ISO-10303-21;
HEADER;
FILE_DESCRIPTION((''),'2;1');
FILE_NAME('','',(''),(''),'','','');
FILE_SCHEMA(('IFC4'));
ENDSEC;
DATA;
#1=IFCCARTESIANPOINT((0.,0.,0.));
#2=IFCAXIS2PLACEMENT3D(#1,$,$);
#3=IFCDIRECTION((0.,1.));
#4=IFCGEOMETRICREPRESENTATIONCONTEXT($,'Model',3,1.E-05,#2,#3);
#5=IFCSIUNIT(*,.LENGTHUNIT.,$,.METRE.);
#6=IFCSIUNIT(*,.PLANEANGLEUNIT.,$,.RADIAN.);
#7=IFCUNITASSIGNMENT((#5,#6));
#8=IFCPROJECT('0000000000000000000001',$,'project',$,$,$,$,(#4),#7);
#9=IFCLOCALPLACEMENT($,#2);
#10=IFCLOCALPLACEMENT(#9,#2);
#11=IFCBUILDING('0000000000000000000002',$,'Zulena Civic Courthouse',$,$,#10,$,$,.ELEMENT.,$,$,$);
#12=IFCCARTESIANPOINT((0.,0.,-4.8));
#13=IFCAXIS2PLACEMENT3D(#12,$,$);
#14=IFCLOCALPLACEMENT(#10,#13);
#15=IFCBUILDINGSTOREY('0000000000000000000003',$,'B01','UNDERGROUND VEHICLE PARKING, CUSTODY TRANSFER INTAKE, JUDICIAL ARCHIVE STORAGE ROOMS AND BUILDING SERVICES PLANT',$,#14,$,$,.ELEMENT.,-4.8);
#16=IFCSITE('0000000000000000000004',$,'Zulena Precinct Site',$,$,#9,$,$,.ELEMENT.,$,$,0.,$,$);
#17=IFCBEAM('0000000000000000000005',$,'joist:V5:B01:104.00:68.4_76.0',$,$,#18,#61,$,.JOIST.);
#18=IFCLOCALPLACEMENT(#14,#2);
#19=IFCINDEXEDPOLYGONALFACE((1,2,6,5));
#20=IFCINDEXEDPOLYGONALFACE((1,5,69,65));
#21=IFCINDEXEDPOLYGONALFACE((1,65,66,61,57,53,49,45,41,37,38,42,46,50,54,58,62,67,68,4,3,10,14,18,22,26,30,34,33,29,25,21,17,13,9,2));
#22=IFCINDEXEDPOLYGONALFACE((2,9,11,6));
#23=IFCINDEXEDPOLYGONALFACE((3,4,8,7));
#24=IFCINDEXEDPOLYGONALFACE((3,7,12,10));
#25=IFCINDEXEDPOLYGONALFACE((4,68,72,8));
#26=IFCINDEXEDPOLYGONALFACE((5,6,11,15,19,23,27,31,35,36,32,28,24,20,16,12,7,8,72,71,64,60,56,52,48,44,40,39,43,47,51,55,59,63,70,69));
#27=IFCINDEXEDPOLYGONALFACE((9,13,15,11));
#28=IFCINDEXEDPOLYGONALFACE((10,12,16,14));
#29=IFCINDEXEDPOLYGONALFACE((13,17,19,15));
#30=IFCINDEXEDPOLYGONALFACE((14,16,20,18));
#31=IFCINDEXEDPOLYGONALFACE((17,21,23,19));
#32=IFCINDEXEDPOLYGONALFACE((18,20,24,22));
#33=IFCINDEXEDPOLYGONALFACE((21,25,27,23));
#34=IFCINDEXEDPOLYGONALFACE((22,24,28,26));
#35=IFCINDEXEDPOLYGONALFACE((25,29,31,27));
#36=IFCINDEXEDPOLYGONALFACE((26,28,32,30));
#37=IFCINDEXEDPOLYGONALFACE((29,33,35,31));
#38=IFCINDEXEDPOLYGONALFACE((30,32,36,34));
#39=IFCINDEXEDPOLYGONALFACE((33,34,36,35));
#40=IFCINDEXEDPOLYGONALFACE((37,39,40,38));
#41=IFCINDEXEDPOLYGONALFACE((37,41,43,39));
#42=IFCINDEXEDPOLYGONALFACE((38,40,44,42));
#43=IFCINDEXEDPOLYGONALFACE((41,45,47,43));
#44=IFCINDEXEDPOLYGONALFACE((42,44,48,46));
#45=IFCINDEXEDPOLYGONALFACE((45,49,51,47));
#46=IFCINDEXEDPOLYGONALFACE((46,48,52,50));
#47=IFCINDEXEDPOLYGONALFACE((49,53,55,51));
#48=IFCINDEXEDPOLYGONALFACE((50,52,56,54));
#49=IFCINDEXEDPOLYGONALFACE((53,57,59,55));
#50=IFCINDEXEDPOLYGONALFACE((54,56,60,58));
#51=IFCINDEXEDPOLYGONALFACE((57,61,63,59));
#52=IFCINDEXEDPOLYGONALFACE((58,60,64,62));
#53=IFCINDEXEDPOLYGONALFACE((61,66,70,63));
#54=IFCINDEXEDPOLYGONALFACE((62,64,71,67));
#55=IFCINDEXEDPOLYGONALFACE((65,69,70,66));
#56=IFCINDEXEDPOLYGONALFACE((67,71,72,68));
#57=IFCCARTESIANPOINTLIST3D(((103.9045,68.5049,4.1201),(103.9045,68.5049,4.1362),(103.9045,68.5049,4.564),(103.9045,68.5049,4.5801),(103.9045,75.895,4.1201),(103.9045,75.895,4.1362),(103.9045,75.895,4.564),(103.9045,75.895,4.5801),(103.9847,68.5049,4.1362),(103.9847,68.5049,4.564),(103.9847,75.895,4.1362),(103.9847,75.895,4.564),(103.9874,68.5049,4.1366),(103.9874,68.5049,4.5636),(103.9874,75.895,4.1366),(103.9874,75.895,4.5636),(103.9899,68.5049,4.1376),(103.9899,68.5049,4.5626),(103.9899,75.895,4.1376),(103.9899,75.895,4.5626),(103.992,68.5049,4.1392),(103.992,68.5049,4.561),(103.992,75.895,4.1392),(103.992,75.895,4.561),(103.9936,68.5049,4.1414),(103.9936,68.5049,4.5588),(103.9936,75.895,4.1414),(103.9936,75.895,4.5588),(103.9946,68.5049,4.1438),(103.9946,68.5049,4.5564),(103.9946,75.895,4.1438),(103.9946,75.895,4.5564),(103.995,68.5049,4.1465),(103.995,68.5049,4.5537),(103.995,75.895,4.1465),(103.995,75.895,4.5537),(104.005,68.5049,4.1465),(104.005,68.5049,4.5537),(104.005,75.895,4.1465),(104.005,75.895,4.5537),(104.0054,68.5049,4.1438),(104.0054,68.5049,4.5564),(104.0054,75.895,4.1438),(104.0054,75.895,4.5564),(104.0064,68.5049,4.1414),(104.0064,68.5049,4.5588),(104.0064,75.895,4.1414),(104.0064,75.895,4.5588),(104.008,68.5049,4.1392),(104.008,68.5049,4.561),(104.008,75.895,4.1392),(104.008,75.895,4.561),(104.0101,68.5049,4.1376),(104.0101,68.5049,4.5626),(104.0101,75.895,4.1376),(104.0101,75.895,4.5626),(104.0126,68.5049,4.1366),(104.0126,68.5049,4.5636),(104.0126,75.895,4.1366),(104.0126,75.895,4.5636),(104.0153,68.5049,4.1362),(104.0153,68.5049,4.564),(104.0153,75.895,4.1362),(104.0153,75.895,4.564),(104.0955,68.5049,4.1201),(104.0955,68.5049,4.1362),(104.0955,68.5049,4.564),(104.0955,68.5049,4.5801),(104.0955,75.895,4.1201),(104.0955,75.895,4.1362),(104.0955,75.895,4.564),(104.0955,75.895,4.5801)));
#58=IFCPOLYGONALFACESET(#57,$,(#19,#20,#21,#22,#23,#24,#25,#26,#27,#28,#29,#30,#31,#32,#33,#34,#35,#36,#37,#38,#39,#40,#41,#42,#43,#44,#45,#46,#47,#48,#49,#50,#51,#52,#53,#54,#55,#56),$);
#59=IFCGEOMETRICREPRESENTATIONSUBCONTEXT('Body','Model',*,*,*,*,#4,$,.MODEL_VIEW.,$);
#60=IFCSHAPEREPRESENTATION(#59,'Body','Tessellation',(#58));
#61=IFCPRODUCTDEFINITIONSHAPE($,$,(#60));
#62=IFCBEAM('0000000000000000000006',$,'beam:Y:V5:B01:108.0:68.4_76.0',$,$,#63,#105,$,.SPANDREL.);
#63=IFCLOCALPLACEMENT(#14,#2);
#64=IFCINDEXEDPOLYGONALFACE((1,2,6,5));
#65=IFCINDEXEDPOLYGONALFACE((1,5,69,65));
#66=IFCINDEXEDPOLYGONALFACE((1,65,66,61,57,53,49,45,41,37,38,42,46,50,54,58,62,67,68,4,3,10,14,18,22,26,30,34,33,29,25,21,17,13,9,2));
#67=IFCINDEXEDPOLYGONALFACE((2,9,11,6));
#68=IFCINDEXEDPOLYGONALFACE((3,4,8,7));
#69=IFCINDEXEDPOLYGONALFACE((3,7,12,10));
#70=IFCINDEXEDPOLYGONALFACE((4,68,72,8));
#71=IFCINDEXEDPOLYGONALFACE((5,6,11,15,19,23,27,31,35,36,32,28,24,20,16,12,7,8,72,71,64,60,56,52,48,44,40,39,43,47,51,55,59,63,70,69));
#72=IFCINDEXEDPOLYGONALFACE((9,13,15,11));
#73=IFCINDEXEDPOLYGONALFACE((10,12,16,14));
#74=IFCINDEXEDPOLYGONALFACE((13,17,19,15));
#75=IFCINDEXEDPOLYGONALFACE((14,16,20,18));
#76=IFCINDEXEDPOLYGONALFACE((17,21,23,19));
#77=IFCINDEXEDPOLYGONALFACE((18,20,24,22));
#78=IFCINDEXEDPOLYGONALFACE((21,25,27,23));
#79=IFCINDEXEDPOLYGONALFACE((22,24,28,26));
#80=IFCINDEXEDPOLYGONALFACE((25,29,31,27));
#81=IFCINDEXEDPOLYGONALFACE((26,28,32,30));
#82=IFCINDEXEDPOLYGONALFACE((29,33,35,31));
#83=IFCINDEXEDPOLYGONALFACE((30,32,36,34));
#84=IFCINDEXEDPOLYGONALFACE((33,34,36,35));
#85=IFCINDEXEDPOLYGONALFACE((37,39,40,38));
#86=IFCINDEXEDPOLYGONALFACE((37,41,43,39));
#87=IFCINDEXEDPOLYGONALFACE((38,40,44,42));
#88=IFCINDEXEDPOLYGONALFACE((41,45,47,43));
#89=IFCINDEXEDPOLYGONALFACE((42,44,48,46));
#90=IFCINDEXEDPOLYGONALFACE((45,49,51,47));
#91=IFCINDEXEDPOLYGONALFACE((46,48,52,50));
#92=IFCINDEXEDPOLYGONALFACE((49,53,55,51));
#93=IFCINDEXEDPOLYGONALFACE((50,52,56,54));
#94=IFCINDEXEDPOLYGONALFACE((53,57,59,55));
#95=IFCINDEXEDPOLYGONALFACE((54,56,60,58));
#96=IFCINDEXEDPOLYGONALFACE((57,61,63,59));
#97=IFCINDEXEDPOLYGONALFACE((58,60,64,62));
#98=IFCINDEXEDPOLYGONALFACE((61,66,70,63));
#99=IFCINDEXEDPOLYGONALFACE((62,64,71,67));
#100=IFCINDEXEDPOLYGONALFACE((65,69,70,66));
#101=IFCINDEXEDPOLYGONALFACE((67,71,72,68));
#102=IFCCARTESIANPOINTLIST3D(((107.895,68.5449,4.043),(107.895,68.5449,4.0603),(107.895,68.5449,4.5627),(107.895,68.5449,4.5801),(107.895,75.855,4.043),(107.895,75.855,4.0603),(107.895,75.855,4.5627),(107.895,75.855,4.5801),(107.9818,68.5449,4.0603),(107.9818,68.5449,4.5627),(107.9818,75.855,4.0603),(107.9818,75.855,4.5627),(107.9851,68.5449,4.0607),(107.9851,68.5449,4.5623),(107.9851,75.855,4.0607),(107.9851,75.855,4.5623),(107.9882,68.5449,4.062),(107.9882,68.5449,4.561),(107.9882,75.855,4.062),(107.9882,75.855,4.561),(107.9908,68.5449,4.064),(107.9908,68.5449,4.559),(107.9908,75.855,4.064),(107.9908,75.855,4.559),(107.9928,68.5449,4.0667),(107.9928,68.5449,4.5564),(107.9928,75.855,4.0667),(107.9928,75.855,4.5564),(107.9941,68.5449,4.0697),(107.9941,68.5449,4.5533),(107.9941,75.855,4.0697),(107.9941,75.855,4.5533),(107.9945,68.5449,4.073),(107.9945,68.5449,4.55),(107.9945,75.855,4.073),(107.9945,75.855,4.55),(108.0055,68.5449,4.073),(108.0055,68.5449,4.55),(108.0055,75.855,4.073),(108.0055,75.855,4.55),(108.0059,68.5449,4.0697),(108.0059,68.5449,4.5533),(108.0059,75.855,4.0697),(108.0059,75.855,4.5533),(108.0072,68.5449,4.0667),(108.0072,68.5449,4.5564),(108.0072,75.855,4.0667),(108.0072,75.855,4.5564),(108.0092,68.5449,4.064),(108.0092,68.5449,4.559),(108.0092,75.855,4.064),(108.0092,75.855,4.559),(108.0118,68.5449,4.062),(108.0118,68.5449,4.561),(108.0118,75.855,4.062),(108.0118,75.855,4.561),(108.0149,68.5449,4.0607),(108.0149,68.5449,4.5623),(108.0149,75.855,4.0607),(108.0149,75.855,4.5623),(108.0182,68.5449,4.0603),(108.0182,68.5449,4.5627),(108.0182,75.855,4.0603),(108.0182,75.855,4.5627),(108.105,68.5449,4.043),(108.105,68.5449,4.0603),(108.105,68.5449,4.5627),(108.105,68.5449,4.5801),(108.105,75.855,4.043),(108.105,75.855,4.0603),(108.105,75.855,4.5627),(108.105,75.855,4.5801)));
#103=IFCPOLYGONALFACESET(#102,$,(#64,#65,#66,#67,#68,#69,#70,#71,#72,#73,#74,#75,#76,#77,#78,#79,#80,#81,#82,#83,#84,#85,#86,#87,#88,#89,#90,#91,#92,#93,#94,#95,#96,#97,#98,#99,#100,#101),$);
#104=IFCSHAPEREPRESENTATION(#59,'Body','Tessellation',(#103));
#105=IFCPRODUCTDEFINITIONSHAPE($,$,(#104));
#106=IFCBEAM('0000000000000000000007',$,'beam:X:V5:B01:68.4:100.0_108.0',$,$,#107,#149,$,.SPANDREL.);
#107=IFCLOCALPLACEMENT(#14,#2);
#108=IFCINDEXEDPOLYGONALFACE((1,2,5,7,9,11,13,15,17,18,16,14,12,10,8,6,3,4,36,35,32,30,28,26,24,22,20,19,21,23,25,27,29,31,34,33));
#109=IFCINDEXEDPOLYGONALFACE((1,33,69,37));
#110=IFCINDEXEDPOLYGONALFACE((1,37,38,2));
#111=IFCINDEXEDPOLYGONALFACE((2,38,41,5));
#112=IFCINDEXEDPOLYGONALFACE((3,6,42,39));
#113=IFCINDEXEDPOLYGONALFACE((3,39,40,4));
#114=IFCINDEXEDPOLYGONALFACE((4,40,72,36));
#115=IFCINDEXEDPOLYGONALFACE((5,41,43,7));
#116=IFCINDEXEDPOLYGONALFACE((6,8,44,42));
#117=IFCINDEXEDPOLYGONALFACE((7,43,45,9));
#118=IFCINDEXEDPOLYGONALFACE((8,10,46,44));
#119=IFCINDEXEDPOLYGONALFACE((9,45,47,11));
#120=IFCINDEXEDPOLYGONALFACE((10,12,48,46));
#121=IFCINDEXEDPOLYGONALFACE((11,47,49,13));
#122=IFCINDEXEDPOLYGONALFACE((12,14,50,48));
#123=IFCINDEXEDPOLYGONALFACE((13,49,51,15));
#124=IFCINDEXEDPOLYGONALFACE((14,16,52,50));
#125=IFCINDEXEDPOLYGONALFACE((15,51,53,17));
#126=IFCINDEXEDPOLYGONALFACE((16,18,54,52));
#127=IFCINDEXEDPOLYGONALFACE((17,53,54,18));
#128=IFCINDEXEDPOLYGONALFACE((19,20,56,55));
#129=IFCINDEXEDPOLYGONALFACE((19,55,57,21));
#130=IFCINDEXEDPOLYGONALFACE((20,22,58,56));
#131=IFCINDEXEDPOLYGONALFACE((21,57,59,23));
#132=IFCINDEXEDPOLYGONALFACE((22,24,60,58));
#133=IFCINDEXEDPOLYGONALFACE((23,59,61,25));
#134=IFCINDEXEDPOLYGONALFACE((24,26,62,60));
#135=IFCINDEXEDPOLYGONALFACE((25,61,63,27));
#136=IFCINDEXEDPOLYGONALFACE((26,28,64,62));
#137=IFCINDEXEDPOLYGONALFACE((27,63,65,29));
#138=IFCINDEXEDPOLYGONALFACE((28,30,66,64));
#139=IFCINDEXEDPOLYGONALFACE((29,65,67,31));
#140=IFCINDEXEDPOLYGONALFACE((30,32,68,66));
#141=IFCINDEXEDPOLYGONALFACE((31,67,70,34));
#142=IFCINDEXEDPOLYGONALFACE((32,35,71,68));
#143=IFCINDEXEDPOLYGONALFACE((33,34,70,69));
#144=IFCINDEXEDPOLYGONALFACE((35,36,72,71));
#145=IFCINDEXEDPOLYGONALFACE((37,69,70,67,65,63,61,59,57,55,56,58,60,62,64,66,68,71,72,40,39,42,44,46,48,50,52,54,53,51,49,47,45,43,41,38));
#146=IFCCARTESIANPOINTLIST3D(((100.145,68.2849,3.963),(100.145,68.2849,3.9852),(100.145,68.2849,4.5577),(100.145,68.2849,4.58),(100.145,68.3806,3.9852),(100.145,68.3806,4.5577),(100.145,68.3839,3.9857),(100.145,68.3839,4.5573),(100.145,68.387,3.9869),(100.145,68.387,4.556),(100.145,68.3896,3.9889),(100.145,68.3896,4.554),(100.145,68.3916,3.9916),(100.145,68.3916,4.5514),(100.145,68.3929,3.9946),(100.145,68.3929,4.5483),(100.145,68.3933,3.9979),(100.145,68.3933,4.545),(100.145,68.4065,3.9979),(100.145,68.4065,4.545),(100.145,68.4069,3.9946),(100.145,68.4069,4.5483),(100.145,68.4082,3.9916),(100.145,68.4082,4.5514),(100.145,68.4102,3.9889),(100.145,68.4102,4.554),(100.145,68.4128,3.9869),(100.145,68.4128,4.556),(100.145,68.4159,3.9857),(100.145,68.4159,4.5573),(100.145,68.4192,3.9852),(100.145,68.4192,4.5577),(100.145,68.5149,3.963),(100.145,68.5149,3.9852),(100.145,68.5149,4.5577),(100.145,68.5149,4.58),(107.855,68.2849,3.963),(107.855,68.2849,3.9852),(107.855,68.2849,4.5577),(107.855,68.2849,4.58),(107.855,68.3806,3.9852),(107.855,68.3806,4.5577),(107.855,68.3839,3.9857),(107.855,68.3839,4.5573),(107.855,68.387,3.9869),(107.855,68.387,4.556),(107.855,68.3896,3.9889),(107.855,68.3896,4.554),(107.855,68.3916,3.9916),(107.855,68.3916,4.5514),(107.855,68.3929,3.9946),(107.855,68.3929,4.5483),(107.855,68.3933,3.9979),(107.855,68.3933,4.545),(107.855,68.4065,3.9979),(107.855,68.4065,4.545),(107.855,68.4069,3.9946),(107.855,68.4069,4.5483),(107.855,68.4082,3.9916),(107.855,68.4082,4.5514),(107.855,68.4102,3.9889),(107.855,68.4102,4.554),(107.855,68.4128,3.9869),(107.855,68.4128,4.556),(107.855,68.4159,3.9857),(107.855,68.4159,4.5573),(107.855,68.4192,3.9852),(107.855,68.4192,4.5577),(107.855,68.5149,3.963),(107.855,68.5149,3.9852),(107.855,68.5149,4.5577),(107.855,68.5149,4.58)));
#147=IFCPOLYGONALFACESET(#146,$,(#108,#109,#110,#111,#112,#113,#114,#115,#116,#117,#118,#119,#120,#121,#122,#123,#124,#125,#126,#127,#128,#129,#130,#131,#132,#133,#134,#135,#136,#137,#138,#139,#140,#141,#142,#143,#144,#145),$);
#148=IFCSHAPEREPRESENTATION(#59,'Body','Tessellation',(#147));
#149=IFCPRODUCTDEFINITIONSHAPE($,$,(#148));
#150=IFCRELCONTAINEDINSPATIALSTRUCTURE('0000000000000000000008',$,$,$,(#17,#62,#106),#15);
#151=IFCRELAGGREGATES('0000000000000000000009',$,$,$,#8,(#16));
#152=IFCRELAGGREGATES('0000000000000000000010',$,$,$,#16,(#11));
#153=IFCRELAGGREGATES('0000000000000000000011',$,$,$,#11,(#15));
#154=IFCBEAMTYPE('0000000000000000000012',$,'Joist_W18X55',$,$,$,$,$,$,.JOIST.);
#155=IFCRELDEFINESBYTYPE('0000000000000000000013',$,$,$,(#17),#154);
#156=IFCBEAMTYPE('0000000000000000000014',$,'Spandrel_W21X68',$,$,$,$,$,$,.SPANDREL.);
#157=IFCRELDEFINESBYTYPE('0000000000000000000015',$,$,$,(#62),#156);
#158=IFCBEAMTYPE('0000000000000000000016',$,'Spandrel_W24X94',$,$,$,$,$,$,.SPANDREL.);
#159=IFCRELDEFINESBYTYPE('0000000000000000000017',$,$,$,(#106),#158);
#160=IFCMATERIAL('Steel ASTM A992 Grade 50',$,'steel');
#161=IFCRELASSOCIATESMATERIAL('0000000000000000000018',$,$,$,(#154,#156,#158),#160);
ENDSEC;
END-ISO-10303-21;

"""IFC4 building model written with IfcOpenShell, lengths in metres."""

from ifc_helpers import new_model, si_unit, direction, frame, origin, origin_2d, place, context, subcontext, project, spatial, i_section, extrude, material, material_profile, profile_set, type_object, element, save


model = new_model("IFC4")

# Units and contexts
model_context = context("Model", 3, precision=1e-05, world=origin(), true_north=direction((0.0, 1.0)))
body_context = subcontext(model_context, "Body", "Model", "MODEL_VIEW")
ifc_project = project(units=[si_unit("LENGTHUNIT", "METRE"), si_unit("PLANEANGLEUNIT", "RADIAN")], contexts=[model_context])

# Site, building, storey
site_placement = place(None, origin())
site = spatial("IfcSite", under=ifc_project, at=site_placement, Name="Zulena Precinct Site", CompositionType="ELEMENT", RefElevation=0.0)
building_placement = place(site_placement, origin())
building = spatial("IfcBuilding", under=site, at=building_placement, Name="Zulena Civic Courthouse", CompositionType="ELEMENT")
storey_placement = place(building_placement, frame((0.0, 0.0, -4.8)))
storey = spatial("IfcBuildingStorey", under=building, at=storey_placement, Name="B01", Description="UNDERGROUND VEHICLE PARKING, CUSTODY TRANSFER INTAKE, JUDICIAL ARCHIVE STORAGE ROOMS AND BUILDING SERVICES PLANT", CompositionType="ELEMENT", Elevation=-4.8)

# Shared definitions
ifc_material_1 = material(Name="Steel ASTM A992 Grade 50", Category="steel")

# Beams
ifc_material_profile_1 = material_profile(ifc_material_1, i_section(OverallWidth=0.1909, OverallDepth=0.46, WebThickness=0.01, FlangeThickness=0.0161, FilletRadius=0.0103, at=origin_2d()), Name="W18X55")
ifc_profile_set_1 = profile_set([ifc_material_profile_1], Name="Steel ASTM A992 Grade 50")
beam_type_1 = type_object("IfcBeamType", Name="Joist_W18X55", PredefinedType="JOIST", material=ifc_profile_set_1)
beam_1_placement = place(storey_placement, frame((104.0, 68.5049, 4.3501), z_axis=(0.0, 1.0, 0.0), x_axis=(-1.0, 0.0, 0.0)))
element("IfcBeam", 1, at=beam_1_placement, inside=storey, type_object=beam_type_1, Name="joist:V5:B01:104.00:68.4_76.0", PredefinedType="JOIST", context=body_context, shape_type="SweptSolid", body=[
    extrude(i_section(OverallWidth=0.1909, OverallDepth=0.46, WebThickness=0.01, FlangeThickness=0.0161, FilletRadius=0.0103, at=origin_2d()), origin(), (0.0, 0.0, 1.0), 7.3901),
])
ifc_material_profile_2 = material_profile(ifc_material_1, i_section(OverallWidth=0.21, OverallDepth=0.5371, WebThickness=0.011, FlangeThickness=0.0173, FilletRadius=0.0127, at=origin_2d()), Name="W21X68")
ifc_profile_set_2 = profile_set([ifc_material_profile_2], Name="Steel ASTM A992 Grade 50")
beam_type_2 = type_object("IfcBeamType", Name="Spandrel_W21X68", PredefinedType="SPANDREL", material=ifc_profile_set_2)
beam_2_placement = place(storey_placement, frame((108.0, 68.5449, 4.3115), z_axis=(0.0, 1.0, 0.0), x_axis=(-1.0, 0.0, 0.0)))
element("IfcBeam", 2, at=beam_2_placement, inside=storey, type_object=beam_type_2, Name="beam:Y:V5:B01:108.0:68.4_76.0", PredefinedType="SPANDREL", context=body_context, shape_type="SweptSolid", body=[
    extrude(i_section(OverallWidth=0.21, OverallDepth=0.5371, WebThickness=0.011, FlangeThickness=0.0173, FilletRadius=0.0127, at=origin_2d()), origin(), (0.0, 0.0, 1.0), 7.3101),
])
ifc_material_profile_3 = material_profile(ifc_material_1, i_section(OverallWidth=0.23, OverallDepth=0.6169, WebThickness=0.0132, FlangeThickness=0.0222, FilletRadius=0.0127, at=origin_2d()), Name="W24X94")
ifc_profile_set_3 = profile_set([ifc_material_profile_3], Name="Steel ASTM A992 Grade 50")
beam_type_3 = type_object("IfcBeamType", Name="Spandrel_W24X94", PredefinedType="SPANDREL", material=ifc_profile_set_3)
beam_3_placement = place(storey_placement, frame((100.145, 68.3999, 4.2715), z_axis=(1.0, 0.0, 0.0), x_axis=(0.0, 1.0, 0.0)))
element("IfcBeam", 3, at=beam_3_placement, inside=storey, type_object=beam_type_3, Name="beam:X:V5:B01:68.4:100.0_108.0", PredefinedType="SPANDREL", context=body_context, shape_type="SweptSolid", body=[
    extrude(i_section(OverallWidth=0.23, OverallDepth=0.6169, WebThickness=0.0132, FlangeThickness=0.0222, FilletRadius=0.0127, at=origin_2d()), origin(), (0.0, 0.0, 1.0), 7.71),
])

save(model, "model.ifc")
